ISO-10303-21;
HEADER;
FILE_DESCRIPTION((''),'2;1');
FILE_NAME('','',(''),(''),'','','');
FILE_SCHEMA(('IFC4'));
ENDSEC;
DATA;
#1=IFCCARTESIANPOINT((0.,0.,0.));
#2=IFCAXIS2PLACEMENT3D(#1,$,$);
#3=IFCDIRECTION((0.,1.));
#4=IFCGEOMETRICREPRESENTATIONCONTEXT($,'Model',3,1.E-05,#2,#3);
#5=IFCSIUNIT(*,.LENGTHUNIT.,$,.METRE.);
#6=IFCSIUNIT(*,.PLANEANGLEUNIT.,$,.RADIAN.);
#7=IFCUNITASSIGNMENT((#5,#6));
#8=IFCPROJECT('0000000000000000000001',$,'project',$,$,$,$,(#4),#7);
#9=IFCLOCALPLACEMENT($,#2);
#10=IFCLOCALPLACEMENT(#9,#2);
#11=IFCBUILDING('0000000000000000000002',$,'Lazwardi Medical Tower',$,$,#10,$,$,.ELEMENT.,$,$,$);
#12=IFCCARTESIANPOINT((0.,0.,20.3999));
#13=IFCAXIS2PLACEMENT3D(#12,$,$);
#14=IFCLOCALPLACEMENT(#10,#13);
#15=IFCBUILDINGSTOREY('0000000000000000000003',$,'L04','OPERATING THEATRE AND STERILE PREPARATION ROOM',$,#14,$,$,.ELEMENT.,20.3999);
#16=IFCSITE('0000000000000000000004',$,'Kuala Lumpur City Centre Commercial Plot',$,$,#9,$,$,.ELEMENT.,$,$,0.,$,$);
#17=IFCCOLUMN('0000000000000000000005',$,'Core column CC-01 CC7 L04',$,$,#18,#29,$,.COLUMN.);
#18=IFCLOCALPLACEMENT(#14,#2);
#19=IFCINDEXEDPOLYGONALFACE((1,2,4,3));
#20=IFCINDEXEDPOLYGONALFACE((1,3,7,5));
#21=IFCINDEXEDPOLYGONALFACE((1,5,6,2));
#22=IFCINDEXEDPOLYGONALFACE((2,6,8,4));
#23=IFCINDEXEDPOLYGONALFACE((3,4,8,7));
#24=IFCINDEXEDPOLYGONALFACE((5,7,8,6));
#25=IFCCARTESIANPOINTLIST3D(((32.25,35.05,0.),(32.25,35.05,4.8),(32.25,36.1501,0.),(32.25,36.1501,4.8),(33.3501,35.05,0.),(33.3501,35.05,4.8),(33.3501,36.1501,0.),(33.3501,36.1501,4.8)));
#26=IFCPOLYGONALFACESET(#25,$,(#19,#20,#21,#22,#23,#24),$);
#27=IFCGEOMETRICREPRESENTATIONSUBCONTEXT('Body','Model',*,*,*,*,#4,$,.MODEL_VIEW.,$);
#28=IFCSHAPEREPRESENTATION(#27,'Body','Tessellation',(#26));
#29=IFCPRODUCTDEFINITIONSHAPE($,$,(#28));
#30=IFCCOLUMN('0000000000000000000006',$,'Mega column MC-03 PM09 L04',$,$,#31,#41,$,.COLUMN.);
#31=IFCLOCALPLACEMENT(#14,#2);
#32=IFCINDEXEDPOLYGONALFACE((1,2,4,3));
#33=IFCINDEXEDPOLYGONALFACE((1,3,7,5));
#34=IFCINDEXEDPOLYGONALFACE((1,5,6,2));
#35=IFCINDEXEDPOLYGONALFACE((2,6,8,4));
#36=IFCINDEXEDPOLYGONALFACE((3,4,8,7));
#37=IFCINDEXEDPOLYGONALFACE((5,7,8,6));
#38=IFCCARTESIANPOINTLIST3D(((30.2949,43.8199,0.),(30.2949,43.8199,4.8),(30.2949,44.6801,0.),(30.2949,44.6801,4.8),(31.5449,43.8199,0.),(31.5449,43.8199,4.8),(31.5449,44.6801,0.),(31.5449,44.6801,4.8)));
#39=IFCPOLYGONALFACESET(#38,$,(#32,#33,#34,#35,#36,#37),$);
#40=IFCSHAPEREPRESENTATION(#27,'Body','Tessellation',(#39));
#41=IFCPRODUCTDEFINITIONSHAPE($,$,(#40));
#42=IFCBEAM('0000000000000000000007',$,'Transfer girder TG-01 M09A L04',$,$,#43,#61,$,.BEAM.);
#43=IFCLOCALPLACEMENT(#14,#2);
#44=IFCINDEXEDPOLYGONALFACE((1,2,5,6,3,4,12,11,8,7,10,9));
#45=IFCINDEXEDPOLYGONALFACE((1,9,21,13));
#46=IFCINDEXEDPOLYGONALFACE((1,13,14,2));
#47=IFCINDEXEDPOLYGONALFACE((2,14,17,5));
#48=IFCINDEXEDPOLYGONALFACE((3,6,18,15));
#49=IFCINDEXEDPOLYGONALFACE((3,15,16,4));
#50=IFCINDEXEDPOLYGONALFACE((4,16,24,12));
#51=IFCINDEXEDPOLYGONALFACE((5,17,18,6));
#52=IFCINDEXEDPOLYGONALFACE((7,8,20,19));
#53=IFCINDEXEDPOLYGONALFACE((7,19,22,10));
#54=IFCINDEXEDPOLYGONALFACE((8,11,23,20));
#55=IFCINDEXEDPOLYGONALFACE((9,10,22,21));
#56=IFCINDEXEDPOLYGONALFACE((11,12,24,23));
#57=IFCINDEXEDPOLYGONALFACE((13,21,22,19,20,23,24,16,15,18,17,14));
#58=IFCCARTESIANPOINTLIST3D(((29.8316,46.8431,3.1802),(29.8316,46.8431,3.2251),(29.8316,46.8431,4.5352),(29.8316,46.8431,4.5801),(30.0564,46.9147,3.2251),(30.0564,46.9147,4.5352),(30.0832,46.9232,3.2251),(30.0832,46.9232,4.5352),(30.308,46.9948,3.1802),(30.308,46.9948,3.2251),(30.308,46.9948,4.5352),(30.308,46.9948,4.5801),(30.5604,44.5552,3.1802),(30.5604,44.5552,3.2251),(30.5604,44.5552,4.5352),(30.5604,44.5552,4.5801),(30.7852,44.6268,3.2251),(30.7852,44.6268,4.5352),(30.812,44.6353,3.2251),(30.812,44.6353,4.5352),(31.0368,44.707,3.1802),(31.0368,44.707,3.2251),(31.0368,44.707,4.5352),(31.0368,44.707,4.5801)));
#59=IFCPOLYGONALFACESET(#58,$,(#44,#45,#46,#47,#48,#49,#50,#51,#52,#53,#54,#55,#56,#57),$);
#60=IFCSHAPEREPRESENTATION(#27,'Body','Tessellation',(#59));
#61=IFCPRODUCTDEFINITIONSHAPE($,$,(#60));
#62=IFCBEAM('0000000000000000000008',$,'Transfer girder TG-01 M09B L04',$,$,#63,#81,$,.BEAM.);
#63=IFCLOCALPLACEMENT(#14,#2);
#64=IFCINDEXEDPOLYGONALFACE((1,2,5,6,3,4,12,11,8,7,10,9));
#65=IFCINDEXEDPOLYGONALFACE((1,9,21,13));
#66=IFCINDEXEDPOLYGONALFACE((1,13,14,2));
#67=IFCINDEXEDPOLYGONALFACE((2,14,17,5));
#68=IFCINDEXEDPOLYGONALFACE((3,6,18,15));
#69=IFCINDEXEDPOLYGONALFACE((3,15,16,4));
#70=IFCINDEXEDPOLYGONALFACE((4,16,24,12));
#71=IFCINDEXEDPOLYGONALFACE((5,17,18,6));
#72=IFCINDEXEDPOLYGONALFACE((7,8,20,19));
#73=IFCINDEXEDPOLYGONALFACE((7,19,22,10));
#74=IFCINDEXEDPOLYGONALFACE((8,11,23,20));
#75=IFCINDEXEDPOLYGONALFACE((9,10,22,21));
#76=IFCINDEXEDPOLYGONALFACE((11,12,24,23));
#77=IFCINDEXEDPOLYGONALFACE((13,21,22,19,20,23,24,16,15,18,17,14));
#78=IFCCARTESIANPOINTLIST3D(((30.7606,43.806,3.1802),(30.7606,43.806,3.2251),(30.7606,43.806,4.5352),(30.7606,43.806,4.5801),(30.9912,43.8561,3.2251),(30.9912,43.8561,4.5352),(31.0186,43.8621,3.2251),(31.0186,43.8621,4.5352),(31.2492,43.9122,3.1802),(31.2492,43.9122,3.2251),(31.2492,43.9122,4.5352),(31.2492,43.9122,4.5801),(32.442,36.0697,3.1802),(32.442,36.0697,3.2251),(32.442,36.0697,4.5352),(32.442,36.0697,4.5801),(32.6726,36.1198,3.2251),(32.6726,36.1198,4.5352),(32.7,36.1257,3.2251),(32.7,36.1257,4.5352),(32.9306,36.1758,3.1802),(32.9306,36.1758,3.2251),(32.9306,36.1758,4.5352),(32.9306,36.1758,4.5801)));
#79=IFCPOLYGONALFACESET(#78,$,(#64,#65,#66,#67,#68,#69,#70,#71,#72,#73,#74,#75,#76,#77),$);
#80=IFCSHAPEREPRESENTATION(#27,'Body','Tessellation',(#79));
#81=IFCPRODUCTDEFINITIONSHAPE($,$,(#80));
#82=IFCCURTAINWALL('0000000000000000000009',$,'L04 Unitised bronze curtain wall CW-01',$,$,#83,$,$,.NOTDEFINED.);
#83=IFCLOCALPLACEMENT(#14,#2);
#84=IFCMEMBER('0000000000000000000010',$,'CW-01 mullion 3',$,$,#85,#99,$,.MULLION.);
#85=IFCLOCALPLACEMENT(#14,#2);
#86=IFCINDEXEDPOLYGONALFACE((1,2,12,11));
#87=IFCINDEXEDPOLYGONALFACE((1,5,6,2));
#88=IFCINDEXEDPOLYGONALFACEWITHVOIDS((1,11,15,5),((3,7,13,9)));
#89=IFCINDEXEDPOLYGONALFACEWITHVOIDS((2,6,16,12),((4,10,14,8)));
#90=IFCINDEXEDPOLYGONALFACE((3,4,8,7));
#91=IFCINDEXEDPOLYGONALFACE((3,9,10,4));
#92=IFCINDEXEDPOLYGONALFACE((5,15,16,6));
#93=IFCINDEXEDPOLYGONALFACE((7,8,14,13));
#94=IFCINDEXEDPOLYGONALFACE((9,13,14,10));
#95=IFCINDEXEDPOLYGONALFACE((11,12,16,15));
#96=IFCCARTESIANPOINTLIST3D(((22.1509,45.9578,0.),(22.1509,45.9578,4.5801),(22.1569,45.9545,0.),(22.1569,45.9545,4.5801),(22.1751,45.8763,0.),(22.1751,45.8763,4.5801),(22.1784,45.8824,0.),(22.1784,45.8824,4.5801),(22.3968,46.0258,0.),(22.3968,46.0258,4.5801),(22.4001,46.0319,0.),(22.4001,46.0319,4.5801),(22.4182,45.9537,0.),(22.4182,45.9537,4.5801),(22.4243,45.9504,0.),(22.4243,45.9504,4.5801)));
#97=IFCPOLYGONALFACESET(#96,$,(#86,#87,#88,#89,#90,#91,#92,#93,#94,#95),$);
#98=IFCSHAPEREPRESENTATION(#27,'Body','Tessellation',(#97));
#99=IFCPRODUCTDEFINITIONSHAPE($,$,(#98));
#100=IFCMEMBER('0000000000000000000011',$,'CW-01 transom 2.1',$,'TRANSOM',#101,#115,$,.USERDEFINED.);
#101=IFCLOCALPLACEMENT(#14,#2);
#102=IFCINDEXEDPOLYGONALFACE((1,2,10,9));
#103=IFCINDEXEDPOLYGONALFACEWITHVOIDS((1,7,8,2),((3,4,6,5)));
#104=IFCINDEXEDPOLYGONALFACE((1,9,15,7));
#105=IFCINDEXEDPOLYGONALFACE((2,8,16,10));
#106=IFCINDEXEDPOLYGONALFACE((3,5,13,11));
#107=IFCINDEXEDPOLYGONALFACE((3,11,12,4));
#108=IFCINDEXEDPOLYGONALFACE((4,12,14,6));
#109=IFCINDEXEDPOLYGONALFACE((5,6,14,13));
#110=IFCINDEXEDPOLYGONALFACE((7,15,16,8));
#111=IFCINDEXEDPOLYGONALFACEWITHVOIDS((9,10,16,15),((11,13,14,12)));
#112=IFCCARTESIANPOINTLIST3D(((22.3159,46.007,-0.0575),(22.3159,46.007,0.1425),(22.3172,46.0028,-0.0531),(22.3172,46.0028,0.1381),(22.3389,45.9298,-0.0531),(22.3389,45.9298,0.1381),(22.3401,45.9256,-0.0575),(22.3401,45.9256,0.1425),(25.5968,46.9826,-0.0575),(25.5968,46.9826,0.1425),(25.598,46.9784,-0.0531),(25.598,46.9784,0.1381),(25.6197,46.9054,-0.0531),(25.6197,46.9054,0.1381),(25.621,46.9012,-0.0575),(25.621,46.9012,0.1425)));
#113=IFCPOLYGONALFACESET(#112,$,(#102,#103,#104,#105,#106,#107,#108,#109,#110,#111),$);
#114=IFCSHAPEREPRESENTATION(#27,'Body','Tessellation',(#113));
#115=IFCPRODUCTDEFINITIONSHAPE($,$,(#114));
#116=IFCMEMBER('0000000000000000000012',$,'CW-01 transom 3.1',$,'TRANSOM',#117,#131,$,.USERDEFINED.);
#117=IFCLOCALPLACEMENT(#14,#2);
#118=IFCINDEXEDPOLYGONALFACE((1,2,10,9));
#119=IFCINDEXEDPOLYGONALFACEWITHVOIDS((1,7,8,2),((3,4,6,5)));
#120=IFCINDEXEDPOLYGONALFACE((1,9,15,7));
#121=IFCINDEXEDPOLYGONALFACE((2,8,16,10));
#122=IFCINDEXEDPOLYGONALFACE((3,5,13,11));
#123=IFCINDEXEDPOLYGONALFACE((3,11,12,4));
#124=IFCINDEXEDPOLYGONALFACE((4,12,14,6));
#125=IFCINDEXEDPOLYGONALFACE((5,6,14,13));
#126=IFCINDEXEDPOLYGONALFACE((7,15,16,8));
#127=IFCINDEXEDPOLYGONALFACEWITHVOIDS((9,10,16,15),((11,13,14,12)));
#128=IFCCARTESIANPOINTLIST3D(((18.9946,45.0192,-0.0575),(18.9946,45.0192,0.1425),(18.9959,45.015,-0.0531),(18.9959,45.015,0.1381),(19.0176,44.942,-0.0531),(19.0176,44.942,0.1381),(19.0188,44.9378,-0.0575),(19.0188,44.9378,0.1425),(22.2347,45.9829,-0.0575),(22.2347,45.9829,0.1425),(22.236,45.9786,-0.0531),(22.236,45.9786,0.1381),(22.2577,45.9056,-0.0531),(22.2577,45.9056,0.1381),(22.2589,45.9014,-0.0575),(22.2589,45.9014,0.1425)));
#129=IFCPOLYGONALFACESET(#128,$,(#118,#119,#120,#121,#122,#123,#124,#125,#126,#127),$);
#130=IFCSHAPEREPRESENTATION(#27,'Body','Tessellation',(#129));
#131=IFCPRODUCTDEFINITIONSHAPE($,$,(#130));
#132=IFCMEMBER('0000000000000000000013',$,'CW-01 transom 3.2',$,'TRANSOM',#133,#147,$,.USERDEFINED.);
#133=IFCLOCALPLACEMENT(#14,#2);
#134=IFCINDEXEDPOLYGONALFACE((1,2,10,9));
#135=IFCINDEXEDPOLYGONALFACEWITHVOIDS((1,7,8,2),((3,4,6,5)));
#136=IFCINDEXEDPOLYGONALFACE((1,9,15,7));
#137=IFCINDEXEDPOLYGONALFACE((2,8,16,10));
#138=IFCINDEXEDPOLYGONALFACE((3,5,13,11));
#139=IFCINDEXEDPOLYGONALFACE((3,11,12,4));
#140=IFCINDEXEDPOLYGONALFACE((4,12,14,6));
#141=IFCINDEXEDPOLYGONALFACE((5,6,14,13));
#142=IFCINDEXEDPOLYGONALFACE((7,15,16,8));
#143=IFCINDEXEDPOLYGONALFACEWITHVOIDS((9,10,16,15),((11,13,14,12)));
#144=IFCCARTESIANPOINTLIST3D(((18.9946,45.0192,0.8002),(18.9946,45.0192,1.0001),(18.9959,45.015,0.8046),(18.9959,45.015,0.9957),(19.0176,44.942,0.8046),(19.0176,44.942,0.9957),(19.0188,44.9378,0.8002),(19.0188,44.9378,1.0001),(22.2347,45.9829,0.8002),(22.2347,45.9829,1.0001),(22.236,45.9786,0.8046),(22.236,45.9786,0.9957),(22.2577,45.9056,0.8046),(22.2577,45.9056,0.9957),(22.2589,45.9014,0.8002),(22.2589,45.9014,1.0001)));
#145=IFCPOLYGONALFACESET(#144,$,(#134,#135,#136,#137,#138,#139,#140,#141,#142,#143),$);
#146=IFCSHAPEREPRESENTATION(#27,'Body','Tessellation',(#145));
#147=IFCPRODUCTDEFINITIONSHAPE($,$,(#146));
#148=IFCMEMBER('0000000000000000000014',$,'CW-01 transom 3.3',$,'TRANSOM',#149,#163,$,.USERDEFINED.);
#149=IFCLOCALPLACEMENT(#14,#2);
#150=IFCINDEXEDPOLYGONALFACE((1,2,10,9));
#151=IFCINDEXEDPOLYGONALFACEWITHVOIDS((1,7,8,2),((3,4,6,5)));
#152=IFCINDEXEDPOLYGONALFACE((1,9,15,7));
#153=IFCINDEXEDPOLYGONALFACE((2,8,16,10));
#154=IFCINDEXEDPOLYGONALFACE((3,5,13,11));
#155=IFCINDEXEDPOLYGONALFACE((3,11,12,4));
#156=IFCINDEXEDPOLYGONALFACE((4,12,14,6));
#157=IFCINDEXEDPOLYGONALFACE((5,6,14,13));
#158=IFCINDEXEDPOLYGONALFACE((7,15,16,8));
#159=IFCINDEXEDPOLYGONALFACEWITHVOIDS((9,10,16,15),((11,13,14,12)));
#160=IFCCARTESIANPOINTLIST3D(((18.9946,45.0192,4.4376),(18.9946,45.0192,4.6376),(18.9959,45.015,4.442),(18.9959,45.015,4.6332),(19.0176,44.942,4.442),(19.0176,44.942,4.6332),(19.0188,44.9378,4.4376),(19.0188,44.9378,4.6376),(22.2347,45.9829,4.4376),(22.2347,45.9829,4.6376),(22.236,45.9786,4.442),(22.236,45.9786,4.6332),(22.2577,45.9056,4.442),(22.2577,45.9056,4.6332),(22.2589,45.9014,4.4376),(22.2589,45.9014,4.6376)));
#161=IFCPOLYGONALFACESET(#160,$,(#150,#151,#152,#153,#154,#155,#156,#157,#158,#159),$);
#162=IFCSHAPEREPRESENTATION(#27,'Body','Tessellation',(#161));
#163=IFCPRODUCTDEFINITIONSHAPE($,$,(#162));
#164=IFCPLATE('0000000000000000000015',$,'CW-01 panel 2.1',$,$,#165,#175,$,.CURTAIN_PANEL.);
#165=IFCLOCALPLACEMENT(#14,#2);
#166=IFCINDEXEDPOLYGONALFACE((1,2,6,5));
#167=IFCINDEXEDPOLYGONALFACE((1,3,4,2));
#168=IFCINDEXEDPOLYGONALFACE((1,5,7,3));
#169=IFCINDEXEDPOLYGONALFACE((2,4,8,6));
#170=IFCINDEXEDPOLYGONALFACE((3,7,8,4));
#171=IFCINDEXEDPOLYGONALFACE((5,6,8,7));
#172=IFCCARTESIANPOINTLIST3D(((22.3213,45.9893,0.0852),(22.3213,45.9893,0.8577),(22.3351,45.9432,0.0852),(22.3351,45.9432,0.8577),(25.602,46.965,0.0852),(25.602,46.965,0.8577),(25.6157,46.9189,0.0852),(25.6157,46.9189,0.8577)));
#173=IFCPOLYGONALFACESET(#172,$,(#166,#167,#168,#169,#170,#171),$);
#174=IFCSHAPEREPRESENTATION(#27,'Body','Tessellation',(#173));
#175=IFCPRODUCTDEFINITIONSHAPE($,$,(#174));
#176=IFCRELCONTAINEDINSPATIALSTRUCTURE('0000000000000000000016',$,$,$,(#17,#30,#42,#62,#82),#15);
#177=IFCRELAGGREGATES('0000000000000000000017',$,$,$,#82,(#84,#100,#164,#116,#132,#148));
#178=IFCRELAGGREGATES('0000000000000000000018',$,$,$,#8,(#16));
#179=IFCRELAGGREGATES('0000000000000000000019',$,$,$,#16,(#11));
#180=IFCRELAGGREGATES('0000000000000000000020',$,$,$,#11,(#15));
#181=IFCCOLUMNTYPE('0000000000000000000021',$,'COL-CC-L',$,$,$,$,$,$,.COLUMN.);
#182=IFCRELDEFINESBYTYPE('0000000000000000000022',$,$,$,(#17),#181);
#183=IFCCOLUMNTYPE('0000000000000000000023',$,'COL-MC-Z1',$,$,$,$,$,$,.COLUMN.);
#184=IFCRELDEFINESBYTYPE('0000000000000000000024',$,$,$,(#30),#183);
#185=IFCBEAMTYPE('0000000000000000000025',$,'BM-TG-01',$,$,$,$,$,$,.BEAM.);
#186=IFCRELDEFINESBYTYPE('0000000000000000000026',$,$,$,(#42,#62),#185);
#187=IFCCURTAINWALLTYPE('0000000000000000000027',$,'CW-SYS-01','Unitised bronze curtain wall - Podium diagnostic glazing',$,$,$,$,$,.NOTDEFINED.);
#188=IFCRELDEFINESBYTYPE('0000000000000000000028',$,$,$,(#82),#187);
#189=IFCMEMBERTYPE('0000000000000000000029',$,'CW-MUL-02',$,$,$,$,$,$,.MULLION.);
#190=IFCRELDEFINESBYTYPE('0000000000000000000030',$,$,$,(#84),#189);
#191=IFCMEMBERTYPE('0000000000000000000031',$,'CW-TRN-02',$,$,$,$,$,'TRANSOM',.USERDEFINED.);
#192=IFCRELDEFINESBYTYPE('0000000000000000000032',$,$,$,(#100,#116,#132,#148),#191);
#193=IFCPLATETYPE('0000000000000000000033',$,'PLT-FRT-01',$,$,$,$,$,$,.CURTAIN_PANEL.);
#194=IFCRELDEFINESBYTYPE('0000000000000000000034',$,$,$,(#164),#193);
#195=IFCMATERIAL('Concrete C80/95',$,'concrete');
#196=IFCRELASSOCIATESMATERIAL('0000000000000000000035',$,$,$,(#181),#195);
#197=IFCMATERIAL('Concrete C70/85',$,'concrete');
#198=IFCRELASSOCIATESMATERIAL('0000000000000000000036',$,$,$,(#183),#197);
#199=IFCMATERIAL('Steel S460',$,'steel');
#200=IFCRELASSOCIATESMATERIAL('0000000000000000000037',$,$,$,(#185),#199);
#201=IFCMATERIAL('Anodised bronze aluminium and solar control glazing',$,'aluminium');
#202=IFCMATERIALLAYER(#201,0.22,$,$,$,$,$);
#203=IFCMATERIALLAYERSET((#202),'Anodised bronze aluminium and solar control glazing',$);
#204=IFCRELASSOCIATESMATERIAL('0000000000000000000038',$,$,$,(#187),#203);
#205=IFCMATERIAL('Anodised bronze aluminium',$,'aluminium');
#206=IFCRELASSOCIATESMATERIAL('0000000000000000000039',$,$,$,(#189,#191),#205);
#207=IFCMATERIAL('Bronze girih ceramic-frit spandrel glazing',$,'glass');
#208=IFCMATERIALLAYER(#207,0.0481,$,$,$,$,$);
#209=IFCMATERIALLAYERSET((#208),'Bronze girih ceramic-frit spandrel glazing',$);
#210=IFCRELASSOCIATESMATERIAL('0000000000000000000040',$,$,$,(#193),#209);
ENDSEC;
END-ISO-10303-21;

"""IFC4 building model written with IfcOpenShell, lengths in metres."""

from ifc_helpers import new_model, si_unit, direction, frame, origin, origin_2d, place, context, subcontext, project, spatial, rectangle, hollow_rectangle, i_section, extrude, material, layer, layer_set, material_profile, profile_set, type_object, element, aggregate, save


model = new_model("IFC4")

# Units and contexts
model_context = context("Model", 3, precision=1e-05, world=origin(), true_north=direction((0.0, 1.0)))
body_context = subcontext(model_context, "Body", "Model", "MODEL_VIEW")
ifc_project = project(units=[si_unit("LENGTHUNIT", "METRE"), si_unit("PLANEANGLEUNIT", "RADIAN")], contexts=[model_context])

# Site, building, storey
site_placement = place(None, origin())
site = spatial("IfcSite", under=ifc_project, at=site_placement, Name="Kuala Lumpur City Centre Commercial Plot", CompositionType="ELEMENT", RefElevation=0.0)
building_placement = place(site_placement, origin())
building = spatial("IfcBuilding", under=site, at=building_placement, Name="Lazwardi Medical Tower", CompositionType="ELEMENT")
storey_placement = place(building_placement, frame((0.0, 0.0, 20.3999)))
storey = spatial("IfcBuildingStorey", under=building, at=storey_placement, Name="L04", Description="OPERATING THEATRE AND STERILE PREPARATION ROOM", CompositionType="ELEMENT", Elevation=20.3999)

# Columns
ifc_material_1 = material(Name="Concrete C80/95", Category="concrete")
ifc_material_profile_1 = material_profile(ifc_material_1, rectangle(XDim=1.1001, YDim=1.1001, at=origin_2d()), Name="RC 1100x1100")
ifc_profile_set_1 = profile_set([ifc_material_profile_1], Name="Concrete C80/95")
column_type_1 = type_object("IfcColumnType", Name="COL-CC-L", PredefinedType="COLUMN", material=ifc_profile_set_1)
column_1_placement = place(storey_placement, frame((32.8, 35.6001, 0.0), z_axis=(0.0, 0.0, 1.0), x_axis=(1.0, 0.0, 0.0)))
element("IfcColumn", 1, at=column_1_placement, inside=storey, type_object=column_type_1, Name="Core column CC-01 CC7 L04", PredefinedType="COLUMN", context=body_context, shape_type="SweptSolid", body=[
    extrude(rectangle(XDim=1.1001, YDim=1.1001, at=origin_2d()), origin(), (0.0, 0.0, 1.0), 4.8),
])
ifc_material_2 = material(Name="Concrete C70/85", Category="concrete")
ifc_material_profile_2 = material_profile(ifc_material_2, rectangle(XDim=1.25, YDim=0.8601, at=origin_2d()), Name="CFT-RECT 1250x860")
ifc_profile_set_2 = profile_set([ifc_material_profile_2], Name="Concrete C70/85")
column_type_2 = type_object("IfcColumnType", Name="COL-MC-Z1", PredefinedType="COLUMN", material=ifc_profile_set_2)
column_2_placement = place(storey_placement, frame((30.9199, 44.25, 0.0), z_axis=(0.0, 0.0, 1.0), x_axis=(1.0, 0.0, 0.0)))
element("IfcColumn", 2, at=column_2_placement, inside=storey, type_object=column_type_2, Name="Mega column MC-03 PM09 L04", PredefinedType="COLUMN", context=body_context, shape_type="SweptSolid", body=[
    extrude(rectangle(XDim=1.25, YDim=0.8601, at=origin_2d()), origin(), (0.0, 0.0, 1.0), 4.8),
])

# Beams
ifc_material_3 = material(Name="Steel S460", Category="steel")
ifc_material_profile_3 = material_profile(ifc_material_3, i_section(OverallWidth=0.5, OverallDepth=1.3999, WebThickness=0.0281, FlangeThickness=0.0449, at=origin_2d()), Name="PG 1400x500")
ifc_profile_set_3 = profile_set([ifc_material_profile_3], Name="Steel S460")
beam_type = type_object("IfcBeamType", Name="BM-TG-01", PredefinedType="BEAM", material=ifc_profile_set_3)
beam_1_placement = place(storey_placement, frame((30.0698, 46.9189, 3.8801), z_axis=(0.30351, -0.952828, 0.0), x_axis=(0.952828, 0.30351, 0.0)))
element("IfcBeam", 3, at=beam_1_placement, inside=storey, type_object=beam_type, Name="Transfer girder TG-01 M09A L04", PredefinedType="BEAM", context=body_context, shape_type="SweptSolid", body=[
    extrude(i_section(OverallWidth=0.5, OverallDepth=1.3999, WebThickness=0.0281, FlangeThickness=0.0449, at=origin_2d()), origin(), (0.0, 0.0, 1.0), 2.4011),
])
beam_2_placement = place(storey_placement, frame((31.0049, 43.8591, 3.8801), z_axis=(0.21238, -0.977187, 0.0), x_axis=(0.977187, 0.21238, 0.0)))
element("IfcBeam", 4, at=beam_2_placement, inside=storey, type_object=beam_type, Name="Transfer girder TG-01 M09B L04", PredefinedType="BEAM", context=body_context, shape_type="SweptSolid", body=[
    extrude(i_section(OverallWidth=0.5, OverallDepth=1.3999, WebThickness=0.0281, FlangeThickness=0.0449, at=origin_2d()), origin(), (0.0, 0.0, 1.0), 7.917),
])

# Curtain wall, members, plate
ifc_material_4 = material(Name="Anodised bronze aluminium and solar control glazing", Category="aluminium")
ifc_layer_1 = layer(ifc_material_4, 0.22)
ifc_layer_set_1 = layer_set([ifc_layer_1], Name="Anodised bronze aluminium and solar control glazing")
curtain_wall_type = type_object("IfcCurtainWallType", Name="CW-SYS-01", Description="Unitised bronze curtain wall - Podium diagnostic glazing", PredefinedType="NOTDEFINED", material=ifc_layer_set_1)
curtain_wall_placement = place(storey_placement, origin())
curtain_wall = element("IfcCurtainWall", 5, at=curtain_wall_placement, inside=storey, type_object=curtain_wall_type, Name="L04 Unitised bronze curtain wall CW-01", PredefinedType="NOTDEFINED")
ifc_material_5 = material(Name="Anodised bronze aluminium", Category="aluminium")
ifc_material_profile_4 = material_profile(ifc_material_5, hollow_rectangle(XDim=0.085, YDim=0.26, WallThickness=0.0049, at=origin_2d()), Name="ALU-MULLION 260x85x5")
ifc_profile_set_4 = profile_set([ifc_material_profile_4], Name="Anodised bronze aluminium")
member_type_1 = type_object("IfcMemberType", Name="CW-MUL-02", PredefinedType="MULLION", material=ifc_profile_set_4)
member_1_placement = place(storey_placement, frame((22.2876, 45.9541, 0.0), z_axis=(0.0, 0.0, 1.0), x_axis=(0.285047, -0.958513, 0.0)))
member_1 = element("IfcMember", 6, at=member_1_placement, type_object=member_type_1, Name="CW-01 mullion 3", PredefinedType="MULLION", context=body_context, shape_type="SweptSolid", body=[
    extrude(hollow_rectangle(XDim=0.085, YDim=0.26, WallThickness=0.0049, at=origin_2d()), origin(), (0.0, 0.0, 1.0), 4.5801),
])
ifc_material_profile_5 = material_profile(ifc_material_5, hollow_rectangle(XDim=0.085, YDim=0.2, WallThickness=0.0044, at=origin_2d()), Name="ALU-TRANSOM 200x85x4.5")
ifc_profile_set_5 = profile_set([ifc_material_profile_5], Name="Anodised bronze aluminium")
member_type_2 = type_object("IfcMemberType", Name="CW-TRN-02", ElementType="TRANSOM", PredefinedType="USERDEFINED", material=ifc_profile_set_5)
member_2_placement = place(storey_placement, frame((25.6089, 46.9419, 0.0425), z_axis=(-0.958518, -0.28503, 0.0), x_axis=(0.28503, -0.958518, 0.0)))
member_2 = element("IfcMember", 7, at=member_2_placement, type_object=member_type_2, Name="CW-01 transom 2.1", ObjectType="TRANSOM", PredefinedType="USERDEFINED", context=body_context, shape_type="SweptSolid", body=[
    extrude(hollow_rectangle(XDim=0.085, YDim=0.2, WallThickness=0.0044, at=origin_2d()), origin(), (0.0, 0.0, 1.0), 3.4229),
])
member_3_placement = place(storey_placement, frame((22.2468, 45.9421, 0.0425), z_axis=(-0.958505, -0.285074, 0.0), x_axis=(0.285074, -0.958505, 0.0)))
member_3 = element("IfcMember", 8, at=member_3_placement, type_object=member_type_2, Name="CW-01 transom 3.1", ObjectType="TRANSOM", PredefinedType="USERDEFINED", context=body_context, shape_type="SweptSolid", body=[
    extrude(hollow_rectangle(XDim=0.085, YDim=0.2, WallThickness=0.0044, at=origin_2d()), origin(), (0.0, 0.0, 1.0), 3.3804),
])
member_4_placement = place(storey_placement, frame((22.2468, 45.9421, 0.9001), z_axis=(-0.958505, -0.285074, 0.0), x_axis=(0.285074, -0.958505, 0.0)))
member_4 = element("IfcMember", 9, at=member_4_placement, type_object=member_type_2, Name="CW-01 transom 3.2", ObjectType="TRANSOM", PredefinedType="USERDEFINED", context=body_context, shape_type="SweptSolid", body=[
    extrude(hollow_rectangle(XDim=0.085, YDim=0.2, WallThickness=0.0044, at=origin_2d()), origin(), (0.0, 0.0, 1.0), 3.3804),
])
member_5_placement = place(storey_placement, frame((22.2468, 45.9421, 4.5376), z_axis=(-0.958505, -0.285074, 0.0), x_axis=(0.285074, -0.958505, 0.0)))
member_5 = element("IfcMember", 10, at=member_5_placement, type_object=member_type_2, Name="CW-01 transom 3.3", ObjectType="TRANSOM", PredefinedType="USERDEFINED", context=body_context, shape_type="SweptSolid", body=[
    extrude(hollow_rectangle(XDim=0.085, YDim=0.2, WallThickness=0.0044, at=origin_2d()), origin(), (0.0, 0.0, 1.0), 3.3804),
])
ifc_material_6 = material(Name="Bronze girih ceramic-frit spandrel glazing", Category="glass")
ifc_layer_2 = layer(ifc_material_6, 0.0481)
ifc_layer_set_2 = layer_set([ifc_layer_2], Name="Bronze girih ceramic-frit spandrel glazing")
plate_type_1 = type_object("IfcPlateType", Name="PLT-FRT-01", PredefinedType="CURTAIN_PANEL", material=ifc_layer_set_2)
plate_1_placement = place(storey_placement, frame((23.9685, 46.4541, 0.0852), z_axis=(0.0, 0.0, 1.0), x_axis=(-0.958513, -0.285047, 0.0)))
plate_1 = element("IfcPlate", 11, at=plate_1_placement, type_object=plate_type_1, Name="CW-01 panel 2.1", PredefinedType="CURTAIN_PANEL", context=body_context, shape_type="SweptSolid", body=[
    extrude(rectangle(XDim=3.4226, YDim=0.0481, at=origin_2d()), origin(), (0.0, 0.0, 1.0), 0.7725),
])
aggregate(curtain_wall, [member_1, member_2, plate_1, member_3, member_4, member_5])

save(model, "model.ifc")
